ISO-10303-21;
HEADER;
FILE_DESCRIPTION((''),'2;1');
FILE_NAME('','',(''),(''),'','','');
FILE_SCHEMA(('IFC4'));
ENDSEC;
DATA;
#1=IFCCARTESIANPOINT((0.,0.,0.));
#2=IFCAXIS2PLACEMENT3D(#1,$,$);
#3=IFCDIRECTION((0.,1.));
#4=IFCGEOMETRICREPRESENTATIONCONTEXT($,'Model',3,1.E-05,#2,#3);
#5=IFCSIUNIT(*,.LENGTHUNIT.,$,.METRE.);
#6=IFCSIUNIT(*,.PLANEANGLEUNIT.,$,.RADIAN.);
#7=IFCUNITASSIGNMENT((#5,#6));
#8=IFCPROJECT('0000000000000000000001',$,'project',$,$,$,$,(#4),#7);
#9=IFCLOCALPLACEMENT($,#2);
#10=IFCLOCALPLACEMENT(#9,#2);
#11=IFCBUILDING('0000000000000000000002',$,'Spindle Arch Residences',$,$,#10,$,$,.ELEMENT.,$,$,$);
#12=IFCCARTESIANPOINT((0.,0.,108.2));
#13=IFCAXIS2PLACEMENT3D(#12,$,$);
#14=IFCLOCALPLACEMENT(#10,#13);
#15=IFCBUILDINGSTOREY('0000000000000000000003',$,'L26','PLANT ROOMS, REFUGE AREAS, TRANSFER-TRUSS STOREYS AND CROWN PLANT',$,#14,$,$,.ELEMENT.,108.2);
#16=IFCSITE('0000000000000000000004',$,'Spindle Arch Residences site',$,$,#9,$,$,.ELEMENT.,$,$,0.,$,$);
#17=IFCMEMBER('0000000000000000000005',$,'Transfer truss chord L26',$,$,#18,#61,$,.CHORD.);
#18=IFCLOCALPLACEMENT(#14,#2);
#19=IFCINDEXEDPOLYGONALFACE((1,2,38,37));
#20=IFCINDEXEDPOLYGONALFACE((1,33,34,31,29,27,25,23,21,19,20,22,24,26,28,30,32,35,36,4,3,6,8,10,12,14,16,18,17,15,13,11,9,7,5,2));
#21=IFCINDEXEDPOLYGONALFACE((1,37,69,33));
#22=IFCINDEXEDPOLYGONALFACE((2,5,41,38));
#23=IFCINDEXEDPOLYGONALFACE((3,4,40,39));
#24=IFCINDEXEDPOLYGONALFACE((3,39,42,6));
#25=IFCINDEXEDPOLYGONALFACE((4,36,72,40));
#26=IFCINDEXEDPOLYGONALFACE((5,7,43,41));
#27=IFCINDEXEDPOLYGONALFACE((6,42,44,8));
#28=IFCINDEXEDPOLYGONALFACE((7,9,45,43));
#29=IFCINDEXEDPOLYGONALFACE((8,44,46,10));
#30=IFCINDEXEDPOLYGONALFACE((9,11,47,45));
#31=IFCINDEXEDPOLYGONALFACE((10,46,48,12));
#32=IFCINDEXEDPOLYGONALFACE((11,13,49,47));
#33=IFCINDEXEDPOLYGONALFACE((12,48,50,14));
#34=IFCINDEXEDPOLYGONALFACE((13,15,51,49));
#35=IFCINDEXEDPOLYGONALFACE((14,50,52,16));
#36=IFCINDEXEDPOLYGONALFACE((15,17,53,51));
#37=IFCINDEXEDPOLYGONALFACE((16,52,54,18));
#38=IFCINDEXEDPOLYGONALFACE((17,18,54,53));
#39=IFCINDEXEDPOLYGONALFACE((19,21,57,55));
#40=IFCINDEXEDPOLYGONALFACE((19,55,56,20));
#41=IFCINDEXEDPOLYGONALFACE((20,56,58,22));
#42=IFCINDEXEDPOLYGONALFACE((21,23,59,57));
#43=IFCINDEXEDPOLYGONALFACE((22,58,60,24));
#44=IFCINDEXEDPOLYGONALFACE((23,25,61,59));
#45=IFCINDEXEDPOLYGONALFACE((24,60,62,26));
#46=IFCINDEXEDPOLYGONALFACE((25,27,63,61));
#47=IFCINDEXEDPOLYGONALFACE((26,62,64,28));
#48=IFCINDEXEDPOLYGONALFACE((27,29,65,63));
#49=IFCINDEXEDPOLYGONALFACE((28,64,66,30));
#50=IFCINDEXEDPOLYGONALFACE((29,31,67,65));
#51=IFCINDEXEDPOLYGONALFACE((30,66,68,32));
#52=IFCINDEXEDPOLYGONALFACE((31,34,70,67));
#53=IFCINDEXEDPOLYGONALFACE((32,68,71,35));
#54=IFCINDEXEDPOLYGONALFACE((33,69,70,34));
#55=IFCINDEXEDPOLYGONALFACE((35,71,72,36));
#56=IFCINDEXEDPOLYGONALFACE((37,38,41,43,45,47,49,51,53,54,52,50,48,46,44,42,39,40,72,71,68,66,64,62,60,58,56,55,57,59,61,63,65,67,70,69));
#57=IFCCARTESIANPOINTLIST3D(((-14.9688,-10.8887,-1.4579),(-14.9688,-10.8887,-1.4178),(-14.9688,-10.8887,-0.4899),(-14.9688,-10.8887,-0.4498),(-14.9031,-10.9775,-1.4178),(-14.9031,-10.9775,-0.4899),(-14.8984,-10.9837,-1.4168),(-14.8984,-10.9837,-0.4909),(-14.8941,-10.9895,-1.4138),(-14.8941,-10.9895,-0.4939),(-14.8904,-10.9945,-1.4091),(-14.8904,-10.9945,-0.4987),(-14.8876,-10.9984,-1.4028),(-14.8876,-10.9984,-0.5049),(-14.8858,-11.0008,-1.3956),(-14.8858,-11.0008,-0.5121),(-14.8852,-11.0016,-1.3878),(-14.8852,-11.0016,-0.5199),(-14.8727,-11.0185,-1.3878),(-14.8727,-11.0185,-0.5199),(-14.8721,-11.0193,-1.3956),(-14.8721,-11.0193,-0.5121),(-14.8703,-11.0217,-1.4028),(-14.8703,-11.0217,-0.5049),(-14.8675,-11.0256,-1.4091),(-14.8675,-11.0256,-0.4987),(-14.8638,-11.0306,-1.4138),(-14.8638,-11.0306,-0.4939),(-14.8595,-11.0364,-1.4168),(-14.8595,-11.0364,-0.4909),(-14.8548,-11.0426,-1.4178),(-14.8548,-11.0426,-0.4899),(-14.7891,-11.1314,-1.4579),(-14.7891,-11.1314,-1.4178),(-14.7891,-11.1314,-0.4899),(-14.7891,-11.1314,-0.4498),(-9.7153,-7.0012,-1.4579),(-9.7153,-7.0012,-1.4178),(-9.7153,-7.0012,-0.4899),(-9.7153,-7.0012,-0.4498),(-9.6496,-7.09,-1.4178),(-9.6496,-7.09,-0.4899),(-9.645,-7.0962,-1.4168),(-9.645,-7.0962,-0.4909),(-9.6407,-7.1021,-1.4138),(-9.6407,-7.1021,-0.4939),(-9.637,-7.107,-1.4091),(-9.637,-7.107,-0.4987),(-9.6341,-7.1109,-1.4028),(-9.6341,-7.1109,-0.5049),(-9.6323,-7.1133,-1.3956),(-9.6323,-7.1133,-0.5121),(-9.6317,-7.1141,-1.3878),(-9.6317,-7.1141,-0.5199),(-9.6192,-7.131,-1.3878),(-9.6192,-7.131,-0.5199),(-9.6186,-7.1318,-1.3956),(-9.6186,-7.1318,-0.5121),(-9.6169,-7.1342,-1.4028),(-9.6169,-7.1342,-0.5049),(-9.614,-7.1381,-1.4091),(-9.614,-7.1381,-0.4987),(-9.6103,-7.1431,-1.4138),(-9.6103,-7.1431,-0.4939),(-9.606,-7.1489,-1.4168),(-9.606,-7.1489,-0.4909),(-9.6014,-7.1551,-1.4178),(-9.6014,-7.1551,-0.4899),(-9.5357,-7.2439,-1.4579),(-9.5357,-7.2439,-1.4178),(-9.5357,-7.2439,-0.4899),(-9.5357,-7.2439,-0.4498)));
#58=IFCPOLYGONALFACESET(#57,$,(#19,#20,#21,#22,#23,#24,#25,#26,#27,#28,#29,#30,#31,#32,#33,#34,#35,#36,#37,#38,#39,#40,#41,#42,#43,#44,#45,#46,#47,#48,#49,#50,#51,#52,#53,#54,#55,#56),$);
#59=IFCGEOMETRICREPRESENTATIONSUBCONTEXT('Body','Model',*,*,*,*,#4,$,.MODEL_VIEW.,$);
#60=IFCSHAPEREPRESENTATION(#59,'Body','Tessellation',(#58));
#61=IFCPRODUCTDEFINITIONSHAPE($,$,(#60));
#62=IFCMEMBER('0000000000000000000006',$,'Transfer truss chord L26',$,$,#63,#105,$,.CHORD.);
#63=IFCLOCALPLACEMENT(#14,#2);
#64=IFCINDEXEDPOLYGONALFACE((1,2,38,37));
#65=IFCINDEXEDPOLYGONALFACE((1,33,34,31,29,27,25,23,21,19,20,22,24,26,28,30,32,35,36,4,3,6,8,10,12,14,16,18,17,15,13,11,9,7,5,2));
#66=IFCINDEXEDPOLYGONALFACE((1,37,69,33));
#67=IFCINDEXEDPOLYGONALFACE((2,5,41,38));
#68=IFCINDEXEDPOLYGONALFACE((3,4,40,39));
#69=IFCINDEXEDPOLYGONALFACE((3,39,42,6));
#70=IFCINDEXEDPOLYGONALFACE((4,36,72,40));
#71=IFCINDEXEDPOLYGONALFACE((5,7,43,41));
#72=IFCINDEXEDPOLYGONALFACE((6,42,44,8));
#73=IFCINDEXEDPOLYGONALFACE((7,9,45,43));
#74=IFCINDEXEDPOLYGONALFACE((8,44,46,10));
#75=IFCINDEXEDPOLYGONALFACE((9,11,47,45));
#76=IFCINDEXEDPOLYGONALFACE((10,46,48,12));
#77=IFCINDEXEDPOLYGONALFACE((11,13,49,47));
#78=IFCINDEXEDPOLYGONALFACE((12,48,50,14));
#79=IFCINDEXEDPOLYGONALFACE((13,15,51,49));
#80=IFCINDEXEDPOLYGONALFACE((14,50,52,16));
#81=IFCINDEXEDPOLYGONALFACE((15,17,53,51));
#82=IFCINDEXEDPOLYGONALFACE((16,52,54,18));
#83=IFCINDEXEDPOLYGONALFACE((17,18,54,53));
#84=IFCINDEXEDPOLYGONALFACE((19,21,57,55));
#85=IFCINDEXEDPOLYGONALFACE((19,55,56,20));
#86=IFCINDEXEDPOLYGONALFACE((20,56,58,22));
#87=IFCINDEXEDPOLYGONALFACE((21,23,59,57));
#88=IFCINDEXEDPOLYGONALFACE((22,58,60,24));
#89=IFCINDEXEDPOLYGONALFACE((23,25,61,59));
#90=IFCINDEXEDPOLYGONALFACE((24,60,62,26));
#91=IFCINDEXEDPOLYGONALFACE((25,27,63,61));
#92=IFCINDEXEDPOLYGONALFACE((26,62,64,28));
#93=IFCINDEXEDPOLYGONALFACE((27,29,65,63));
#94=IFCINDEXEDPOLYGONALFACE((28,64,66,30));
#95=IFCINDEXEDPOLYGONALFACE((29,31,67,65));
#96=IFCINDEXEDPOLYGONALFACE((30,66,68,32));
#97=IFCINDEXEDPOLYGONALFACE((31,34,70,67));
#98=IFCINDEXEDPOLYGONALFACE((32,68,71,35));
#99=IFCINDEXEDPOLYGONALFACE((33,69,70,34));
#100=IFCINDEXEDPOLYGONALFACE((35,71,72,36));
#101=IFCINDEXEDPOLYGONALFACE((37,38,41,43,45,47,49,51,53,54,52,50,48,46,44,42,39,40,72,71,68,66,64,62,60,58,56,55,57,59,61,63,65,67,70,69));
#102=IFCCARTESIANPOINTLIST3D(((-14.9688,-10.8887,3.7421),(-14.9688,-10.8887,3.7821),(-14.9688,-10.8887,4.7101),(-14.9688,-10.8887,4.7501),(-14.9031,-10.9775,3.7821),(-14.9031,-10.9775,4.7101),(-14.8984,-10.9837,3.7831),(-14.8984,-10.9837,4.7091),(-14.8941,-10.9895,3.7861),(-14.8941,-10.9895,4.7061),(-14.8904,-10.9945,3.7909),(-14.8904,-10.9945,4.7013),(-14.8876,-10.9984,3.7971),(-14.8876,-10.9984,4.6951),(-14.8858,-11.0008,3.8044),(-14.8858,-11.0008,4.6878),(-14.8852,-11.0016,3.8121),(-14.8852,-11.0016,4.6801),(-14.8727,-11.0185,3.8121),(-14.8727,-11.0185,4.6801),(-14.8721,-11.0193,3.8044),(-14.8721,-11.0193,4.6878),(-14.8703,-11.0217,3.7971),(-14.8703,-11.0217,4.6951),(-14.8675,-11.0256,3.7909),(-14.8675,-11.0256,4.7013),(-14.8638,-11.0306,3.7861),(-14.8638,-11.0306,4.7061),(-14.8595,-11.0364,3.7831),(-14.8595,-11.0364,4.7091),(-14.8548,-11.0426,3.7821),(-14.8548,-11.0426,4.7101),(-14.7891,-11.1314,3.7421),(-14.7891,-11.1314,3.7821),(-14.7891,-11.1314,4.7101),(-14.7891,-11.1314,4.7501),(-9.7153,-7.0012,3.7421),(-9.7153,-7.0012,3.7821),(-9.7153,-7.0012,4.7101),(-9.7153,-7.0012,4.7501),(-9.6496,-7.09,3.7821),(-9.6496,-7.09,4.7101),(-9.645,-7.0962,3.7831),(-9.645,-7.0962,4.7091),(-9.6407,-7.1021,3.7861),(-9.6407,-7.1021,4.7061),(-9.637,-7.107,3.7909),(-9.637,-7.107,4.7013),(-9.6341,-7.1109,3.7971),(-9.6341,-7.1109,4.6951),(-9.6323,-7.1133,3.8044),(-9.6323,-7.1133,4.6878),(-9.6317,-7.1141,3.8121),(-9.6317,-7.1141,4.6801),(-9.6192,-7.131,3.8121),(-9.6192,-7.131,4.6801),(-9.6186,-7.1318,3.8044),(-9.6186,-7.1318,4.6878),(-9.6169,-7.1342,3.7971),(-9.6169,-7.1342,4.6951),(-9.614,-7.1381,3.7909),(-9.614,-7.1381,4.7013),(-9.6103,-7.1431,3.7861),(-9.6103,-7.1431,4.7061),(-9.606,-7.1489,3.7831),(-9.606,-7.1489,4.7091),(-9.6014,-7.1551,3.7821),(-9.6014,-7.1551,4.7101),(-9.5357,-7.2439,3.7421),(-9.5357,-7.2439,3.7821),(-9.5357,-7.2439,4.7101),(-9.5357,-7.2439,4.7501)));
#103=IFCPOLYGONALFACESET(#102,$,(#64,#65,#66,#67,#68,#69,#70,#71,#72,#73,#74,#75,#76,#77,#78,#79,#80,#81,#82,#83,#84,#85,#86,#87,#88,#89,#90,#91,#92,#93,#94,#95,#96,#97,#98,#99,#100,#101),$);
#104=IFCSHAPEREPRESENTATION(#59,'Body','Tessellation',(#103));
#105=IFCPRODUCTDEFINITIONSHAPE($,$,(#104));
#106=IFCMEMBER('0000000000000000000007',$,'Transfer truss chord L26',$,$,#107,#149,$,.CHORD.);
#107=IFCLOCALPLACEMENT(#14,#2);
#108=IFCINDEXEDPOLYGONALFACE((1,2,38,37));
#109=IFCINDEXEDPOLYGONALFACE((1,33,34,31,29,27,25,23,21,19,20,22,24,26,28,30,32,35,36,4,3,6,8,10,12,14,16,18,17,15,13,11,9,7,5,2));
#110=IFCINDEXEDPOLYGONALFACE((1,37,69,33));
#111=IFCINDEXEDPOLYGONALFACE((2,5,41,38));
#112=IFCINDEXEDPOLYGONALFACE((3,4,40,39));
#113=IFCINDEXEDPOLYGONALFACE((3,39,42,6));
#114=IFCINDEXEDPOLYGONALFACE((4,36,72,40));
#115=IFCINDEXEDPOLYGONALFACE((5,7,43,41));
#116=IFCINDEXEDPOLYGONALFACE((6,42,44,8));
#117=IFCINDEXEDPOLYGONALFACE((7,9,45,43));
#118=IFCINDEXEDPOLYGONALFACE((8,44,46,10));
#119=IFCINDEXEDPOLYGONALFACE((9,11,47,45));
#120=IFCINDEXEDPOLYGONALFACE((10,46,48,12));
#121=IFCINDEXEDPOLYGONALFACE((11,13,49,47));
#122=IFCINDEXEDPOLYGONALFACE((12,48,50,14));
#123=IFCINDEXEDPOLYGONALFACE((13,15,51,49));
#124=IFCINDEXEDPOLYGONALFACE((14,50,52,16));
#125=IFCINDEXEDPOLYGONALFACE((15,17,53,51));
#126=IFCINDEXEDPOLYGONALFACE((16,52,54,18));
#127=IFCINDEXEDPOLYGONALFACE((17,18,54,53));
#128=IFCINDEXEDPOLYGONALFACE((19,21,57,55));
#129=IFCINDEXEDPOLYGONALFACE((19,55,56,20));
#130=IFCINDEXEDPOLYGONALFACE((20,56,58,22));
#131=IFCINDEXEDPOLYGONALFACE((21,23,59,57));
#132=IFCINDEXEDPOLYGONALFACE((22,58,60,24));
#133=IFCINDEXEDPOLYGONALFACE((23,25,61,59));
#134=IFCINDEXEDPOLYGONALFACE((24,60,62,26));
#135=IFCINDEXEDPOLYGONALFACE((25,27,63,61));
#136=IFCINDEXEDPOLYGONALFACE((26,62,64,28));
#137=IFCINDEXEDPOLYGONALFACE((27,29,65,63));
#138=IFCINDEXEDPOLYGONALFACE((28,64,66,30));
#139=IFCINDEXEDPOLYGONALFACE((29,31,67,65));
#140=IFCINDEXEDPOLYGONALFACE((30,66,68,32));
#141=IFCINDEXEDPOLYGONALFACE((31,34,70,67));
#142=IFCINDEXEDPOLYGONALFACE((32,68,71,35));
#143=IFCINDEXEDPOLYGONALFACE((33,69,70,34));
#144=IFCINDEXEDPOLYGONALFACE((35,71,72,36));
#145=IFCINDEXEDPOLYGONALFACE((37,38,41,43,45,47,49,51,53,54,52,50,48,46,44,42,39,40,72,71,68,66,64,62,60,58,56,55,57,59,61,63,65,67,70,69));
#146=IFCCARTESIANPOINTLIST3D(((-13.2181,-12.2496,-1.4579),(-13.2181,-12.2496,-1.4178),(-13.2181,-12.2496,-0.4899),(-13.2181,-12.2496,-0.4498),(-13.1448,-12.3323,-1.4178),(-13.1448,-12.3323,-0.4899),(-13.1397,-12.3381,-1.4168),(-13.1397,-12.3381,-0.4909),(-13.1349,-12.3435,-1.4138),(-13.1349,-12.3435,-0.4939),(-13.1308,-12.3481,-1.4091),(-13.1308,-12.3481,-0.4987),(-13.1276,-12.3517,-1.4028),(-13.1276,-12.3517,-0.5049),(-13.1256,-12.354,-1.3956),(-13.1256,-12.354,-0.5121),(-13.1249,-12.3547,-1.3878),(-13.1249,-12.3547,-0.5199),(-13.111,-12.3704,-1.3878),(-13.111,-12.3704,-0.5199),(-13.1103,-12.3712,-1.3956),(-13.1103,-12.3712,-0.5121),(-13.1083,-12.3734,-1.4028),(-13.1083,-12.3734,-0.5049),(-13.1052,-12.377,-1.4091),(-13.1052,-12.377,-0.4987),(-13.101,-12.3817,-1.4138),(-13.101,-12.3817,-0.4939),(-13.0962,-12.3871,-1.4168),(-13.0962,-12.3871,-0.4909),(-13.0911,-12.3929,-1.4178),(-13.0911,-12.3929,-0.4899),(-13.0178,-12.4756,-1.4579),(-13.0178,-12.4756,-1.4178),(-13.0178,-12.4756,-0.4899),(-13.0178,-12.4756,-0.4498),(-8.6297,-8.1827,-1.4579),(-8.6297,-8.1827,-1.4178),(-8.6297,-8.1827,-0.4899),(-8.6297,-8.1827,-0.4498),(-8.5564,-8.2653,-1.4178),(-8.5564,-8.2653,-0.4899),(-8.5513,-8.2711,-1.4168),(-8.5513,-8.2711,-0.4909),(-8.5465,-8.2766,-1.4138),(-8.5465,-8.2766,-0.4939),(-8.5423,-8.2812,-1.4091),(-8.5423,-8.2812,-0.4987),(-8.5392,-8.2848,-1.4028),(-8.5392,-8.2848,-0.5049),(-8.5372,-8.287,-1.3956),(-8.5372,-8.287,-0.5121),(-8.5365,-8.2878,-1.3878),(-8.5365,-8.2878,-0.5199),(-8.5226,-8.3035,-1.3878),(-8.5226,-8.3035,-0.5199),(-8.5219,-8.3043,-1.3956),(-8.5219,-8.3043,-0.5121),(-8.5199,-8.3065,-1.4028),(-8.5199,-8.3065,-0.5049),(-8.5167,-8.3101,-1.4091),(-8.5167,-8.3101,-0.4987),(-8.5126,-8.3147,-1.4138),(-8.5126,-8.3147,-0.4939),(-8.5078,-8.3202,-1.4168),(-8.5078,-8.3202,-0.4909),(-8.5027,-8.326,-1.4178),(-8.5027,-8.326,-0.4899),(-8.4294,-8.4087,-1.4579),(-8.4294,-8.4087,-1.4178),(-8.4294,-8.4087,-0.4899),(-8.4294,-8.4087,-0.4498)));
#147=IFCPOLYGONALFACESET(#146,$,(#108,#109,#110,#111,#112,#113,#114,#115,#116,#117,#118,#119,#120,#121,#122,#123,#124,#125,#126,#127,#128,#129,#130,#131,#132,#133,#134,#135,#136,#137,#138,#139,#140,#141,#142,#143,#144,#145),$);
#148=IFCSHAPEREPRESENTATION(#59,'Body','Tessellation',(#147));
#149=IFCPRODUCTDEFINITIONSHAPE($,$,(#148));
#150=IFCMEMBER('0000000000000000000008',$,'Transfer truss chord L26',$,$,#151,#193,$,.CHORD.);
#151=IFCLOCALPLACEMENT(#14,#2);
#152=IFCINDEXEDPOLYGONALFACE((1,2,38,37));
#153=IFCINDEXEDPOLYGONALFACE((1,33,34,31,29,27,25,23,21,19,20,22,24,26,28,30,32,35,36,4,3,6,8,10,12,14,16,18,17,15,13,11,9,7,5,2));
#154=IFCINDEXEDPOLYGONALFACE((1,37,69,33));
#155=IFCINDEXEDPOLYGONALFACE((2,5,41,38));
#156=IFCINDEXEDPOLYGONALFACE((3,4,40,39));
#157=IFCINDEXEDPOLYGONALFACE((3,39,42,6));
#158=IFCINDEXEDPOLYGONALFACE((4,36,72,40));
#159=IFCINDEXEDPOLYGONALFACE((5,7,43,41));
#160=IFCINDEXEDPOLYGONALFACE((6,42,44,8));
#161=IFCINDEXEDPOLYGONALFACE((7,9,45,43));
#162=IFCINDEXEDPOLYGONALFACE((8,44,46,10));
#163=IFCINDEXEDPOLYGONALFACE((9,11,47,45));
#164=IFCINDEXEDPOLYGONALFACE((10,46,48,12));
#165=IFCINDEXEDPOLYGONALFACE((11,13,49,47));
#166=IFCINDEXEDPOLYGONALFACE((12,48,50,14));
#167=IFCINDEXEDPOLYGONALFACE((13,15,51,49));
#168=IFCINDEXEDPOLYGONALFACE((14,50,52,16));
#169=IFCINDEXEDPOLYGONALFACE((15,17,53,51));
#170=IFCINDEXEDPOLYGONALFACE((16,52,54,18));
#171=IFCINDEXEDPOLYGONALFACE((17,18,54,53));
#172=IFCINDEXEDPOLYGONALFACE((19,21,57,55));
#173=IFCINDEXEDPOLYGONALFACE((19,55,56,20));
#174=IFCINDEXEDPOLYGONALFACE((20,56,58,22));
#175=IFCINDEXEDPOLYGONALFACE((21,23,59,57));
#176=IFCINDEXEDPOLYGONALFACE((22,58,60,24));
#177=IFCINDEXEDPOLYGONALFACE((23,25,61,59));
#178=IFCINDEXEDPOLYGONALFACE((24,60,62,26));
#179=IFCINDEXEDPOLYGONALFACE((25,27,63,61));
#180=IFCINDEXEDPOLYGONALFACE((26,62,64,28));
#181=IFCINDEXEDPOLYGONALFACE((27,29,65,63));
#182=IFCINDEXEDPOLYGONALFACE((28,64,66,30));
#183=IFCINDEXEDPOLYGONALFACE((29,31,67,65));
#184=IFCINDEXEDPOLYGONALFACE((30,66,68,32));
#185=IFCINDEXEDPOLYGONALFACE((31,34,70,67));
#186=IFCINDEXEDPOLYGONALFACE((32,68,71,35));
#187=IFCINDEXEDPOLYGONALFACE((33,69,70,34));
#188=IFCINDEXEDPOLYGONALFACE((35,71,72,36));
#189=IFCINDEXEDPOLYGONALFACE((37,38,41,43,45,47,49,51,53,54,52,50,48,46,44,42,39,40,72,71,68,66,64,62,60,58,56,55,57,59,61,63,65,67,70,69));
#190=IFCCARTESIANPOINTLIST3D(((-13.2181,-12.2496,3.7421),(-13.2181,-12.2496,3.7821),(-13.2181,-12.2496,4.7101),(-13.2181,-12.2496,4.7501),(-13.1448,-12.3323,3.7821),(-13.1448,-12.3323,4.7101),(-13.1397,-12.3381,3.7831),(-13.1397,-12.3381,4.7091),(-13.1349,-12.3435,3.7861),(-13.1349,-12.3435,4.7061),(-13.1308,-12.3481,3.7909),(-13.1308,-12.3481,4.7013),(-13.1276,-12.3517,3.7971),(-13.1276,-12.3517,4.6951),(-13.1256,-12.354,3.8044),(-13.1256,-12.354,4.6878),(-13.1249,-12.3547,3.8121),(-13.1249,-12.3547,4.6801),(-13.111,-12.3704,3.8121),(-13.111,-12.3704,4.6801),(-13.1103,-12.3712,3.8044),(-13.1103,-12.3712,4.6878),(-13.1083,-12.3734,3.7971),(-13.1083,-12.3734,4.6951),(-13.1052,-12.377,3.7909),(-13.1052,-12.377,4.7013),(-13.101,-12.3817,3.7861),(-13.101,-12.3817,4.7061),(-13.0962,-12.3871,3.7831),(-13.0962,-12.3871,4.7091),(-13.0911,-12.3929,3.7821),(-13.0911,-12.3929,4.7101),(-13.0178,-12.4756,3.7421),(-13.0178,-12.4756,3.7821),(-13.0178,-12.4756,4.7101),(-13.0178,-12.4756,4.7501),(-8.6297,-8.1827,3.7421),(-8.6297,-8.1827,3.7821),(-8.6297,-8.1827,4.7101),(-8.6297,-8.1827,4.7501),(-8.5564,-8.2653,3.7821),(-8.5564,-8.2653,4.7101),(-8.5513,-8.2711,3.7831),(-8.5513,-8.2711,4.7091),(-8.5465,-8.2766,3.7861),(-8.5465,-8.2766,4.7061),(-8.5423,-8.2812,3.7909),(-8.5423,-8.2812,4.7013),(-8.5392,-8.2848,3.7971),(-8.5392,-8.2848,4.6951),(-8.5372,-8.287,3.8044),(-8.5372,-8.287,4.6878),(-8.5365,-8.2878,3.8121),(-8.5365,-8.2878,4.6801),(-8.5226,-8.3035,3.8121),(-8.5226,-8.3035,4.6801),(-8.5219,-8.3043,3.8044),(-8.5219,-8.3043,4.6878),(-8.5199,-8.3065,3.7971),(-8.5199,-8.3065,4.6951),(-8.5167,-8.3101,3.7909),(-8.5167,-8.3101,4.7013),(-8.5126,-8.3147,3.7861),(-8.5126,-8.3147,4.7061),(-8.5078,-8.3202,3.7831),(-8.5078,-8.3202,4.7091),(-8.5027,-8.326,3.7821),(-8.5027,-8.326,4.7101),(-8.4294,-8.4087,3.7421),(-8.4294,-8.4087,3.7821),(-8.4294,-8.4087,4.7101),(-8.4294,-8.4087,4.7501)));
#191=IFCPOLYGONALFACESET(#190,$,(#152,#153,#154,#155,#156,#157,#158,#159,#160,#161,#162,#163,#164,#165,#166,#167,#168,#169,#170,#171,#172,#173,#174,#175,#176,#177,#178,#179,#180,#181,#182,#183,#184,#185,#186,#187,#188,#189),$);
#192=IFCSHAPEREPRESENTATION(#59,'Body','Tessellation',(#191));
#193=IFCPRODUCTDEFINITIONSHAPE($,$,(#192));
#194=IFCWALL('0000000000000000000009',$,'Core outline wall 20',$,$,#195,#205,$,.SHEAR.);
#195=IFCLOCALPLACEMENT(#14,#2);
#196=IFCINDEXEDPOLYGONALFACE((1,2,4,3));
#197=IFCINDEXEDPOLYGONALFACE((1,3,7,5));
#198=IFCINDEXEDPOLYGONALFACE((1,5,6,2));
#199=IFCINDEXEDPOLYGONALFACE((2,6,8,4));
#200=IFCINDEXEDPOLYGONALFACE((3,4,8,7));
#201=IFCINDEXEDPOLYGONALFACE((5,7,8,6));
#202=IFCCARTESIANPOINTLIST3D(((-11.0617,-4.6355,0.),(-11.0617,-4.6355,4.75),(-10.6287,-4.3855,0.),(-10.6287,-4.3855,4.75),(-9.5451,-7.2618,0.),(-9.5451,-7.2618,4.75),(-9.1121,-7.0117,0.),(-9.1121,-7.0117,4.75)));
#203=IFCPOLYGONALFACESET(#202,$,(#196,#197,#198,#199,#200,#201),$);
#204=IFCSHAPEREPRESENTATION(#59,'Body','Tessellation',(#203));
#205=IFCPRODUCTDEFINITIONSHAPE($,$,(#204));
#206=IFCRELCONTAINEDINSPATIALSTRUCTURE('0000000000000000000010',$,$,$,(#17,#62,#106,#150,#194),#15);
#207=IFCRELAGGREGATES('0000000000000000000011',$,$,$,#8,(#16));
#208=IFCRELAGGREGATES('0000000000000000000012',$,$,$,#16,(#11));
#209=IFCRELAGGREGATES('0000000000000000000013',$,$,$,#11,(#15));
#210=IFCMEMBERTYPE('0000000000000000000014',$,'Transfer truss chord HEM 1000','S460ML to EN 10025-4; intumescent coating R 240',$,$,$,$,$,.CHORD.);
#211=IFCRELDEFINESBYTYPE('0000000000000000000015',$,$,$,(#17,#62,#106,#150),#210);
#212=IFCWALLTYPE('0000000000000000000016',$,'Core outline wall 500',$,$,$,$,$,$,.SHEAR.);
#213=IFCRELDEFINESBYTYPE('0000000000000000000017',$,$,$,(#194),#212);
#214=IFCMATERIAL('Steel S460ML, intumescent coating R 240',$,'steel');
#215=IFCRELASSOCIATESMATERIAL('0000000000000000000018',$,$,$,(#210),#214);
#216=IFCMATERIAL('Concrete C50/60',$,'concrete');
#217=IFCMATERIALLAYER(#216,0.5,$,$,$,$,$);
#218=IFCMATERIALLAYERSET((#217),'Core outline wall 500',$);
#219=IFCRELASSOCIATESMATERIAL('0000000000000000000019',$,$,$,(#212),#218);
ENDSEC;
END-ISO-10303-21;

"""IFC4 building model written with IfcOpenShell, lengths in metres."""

from ifc_helpers import new_model, si_unit, direction, frame, frame_2d, origin, origin_2d, place, context, subcontext, project, spatial, rectangle, i_section, extrude, material, layer, layer_set, material_profile, profile_set, type_object, element, save


model = new_model("IFC4")

# Units and contexts
model_context = context("Model", 3, precision=1e-05, world=origin(), true_north=direction((0.0, 1.0)))
body_context = subcontext(model_context, "Body", "Model", "MODEL_VIEW")
ifc_project = project(units=[si_unit("LENGTHUNIT", "METRE"), si_unit("PLANEANGLEUNIT", "RADIAN")], contexts=[model_context])

# Site, building, storey
site_placement = place(None, origin())
site = spatial("IfcSite", under=ifc_project, at=site_placement, Name="Spindle Arch Residences site", CompositionType="ELEMENT", RefElevation=0.0)
building_placement = place(site_placement, origin())
building = spatial("IfcBuilding", under=site, at=building_placement, Name="Spindle Arch Residences", CompositionType="ELEMENT")
storey_placement = place(building_placement, frame((0.0, 0.0, 108.2)))
storey = spatial("IfcBuildingStorey", under=building, at=storey_placement, Name="L26", Description="PLANT ROOMS, REFUGE AREAS, TRANSFER-TRUSS STOREYS AND CROWN PLANT", CompositionType="ELEMENT", Elevation=108.2)

# Members
ifc_material_1 = material(Name="Steel S460ML, intumescent coating R 240", Category="steel")
ifc_material_profile = material_profile(ifc_material_1, i_section(OverallWidth=0.302, OverallDepth=1.0081, WebThickness=0.021, FlangeThickness=0.04, FilletRadius=0.03, at=origin_2d()), Name="HEM 1000")
ifc_profile_set = profile_set([ifc_material_profile], Name="Steel S460ML, intumescent coating R 240")
member_type = type_object("IfcMemberType", Name="Transfer truss chord HEM 1000", Description="S460ML to EN 10025-4; intumescent coating R 240", PredefinedType="CHORD", material=ifc_profile_set)
for number, where, z_axis, x_axis, name in (
    (1, (-9.6255, -7.1226, -0.9539), (-0.803848, -0.594835, 0.0), (0.594835, -0.803848, 0.0), "Transfer truss chord L26"),
    (2, (-9.6255, -7.1226, 4.2461), (-0.803848, -0.594835, 0.0), (0.594835, -0.803848, 0.0), "Transfer truss chord L26"),
):
    element("IfcMember", number, at=place(storey_placement, frame(where, z_axis=z_axis, x_axis=x_axis)), inside=storey, type_object=member_type, Name=name, PredefinedType="CHORD", context=body_context, shape_type="SweptSolid", body=[
        extrude(i_section(OverallWidth=0.302, OverallDepth=1.0081, WebThickness=0.021, FlangeThickness=0.04, FilletRadius=0.03, at=origin_2d()), origin(), (0.0, 0.0, 1.0), 6.5354),
    ])
for number, where, z_axis, x_axis, name in (
    (3, (-8.5295, -8.2957, -0.9539), (-0.748353, -0.6633, 0.0), (0.6633, -0.748353, 0.0), "Transfer truss chord L26"),
    (4, (-8.5295, -8.2957, 4.2461), (-0.748353, -0.6633, 0.0), (0.6633, -0.748353, 0.0), "Transfer truss chord L26"),
):
    element("IfcMember", number, at=place(storey_placement, frame(where, z_axis=z_axis, x_axis=x_axis)), inside=storey, type_object=member_type, Name=name, PredefinedType="CHORD", context=body_context, shape_type="SweptSolid", body=[
        extrude(i_section(OverallWidth=0.302, OverallDepth=1.0081, WebThickness=0.021, FlangeThickness=0.04, FilletRadius=0.03, at=origin_2d()), origin(), (0.0, 0.0, 1.0), 6.1313),
    ])

# Wall
ifc_material_2 = material(Name="Concrete C50/60", Category="concrete")
ifc_layer_1 = layer(ifc_material_2, 0.5)
ifc_layer_set_1 = layer_set([ifc_layer_1], Name="Core outline wall 500")
wall_type_1 = type_object("IfcWallType", Name="Core outline wall 500", PredefinedType="SHEAR", material=ifc_layer_set_1)
wall_1_placement = place(storey_placement, frame((-10.8452, -4.5105, 0.0), z_axis=(0.0, 0.0, 1.0), x_axis=(0.500087, -0.865975, 0.0)))
element("IfcWall", 5, at=wall_1_placement, inside=storey, type_object=wall_type_1, Name="Core outline wall 20", PredefinedType="SHEAR", context=body_context, shape_type="SweptSolid", body=[
    extrude(rectangle(XDim=3.0327, YDim=0.5, at=frame_2d((1.5164, 0.0))), origin(), (0.0, 0.0, 1.0), 4.75),
])

save(model, "model.ifc")
